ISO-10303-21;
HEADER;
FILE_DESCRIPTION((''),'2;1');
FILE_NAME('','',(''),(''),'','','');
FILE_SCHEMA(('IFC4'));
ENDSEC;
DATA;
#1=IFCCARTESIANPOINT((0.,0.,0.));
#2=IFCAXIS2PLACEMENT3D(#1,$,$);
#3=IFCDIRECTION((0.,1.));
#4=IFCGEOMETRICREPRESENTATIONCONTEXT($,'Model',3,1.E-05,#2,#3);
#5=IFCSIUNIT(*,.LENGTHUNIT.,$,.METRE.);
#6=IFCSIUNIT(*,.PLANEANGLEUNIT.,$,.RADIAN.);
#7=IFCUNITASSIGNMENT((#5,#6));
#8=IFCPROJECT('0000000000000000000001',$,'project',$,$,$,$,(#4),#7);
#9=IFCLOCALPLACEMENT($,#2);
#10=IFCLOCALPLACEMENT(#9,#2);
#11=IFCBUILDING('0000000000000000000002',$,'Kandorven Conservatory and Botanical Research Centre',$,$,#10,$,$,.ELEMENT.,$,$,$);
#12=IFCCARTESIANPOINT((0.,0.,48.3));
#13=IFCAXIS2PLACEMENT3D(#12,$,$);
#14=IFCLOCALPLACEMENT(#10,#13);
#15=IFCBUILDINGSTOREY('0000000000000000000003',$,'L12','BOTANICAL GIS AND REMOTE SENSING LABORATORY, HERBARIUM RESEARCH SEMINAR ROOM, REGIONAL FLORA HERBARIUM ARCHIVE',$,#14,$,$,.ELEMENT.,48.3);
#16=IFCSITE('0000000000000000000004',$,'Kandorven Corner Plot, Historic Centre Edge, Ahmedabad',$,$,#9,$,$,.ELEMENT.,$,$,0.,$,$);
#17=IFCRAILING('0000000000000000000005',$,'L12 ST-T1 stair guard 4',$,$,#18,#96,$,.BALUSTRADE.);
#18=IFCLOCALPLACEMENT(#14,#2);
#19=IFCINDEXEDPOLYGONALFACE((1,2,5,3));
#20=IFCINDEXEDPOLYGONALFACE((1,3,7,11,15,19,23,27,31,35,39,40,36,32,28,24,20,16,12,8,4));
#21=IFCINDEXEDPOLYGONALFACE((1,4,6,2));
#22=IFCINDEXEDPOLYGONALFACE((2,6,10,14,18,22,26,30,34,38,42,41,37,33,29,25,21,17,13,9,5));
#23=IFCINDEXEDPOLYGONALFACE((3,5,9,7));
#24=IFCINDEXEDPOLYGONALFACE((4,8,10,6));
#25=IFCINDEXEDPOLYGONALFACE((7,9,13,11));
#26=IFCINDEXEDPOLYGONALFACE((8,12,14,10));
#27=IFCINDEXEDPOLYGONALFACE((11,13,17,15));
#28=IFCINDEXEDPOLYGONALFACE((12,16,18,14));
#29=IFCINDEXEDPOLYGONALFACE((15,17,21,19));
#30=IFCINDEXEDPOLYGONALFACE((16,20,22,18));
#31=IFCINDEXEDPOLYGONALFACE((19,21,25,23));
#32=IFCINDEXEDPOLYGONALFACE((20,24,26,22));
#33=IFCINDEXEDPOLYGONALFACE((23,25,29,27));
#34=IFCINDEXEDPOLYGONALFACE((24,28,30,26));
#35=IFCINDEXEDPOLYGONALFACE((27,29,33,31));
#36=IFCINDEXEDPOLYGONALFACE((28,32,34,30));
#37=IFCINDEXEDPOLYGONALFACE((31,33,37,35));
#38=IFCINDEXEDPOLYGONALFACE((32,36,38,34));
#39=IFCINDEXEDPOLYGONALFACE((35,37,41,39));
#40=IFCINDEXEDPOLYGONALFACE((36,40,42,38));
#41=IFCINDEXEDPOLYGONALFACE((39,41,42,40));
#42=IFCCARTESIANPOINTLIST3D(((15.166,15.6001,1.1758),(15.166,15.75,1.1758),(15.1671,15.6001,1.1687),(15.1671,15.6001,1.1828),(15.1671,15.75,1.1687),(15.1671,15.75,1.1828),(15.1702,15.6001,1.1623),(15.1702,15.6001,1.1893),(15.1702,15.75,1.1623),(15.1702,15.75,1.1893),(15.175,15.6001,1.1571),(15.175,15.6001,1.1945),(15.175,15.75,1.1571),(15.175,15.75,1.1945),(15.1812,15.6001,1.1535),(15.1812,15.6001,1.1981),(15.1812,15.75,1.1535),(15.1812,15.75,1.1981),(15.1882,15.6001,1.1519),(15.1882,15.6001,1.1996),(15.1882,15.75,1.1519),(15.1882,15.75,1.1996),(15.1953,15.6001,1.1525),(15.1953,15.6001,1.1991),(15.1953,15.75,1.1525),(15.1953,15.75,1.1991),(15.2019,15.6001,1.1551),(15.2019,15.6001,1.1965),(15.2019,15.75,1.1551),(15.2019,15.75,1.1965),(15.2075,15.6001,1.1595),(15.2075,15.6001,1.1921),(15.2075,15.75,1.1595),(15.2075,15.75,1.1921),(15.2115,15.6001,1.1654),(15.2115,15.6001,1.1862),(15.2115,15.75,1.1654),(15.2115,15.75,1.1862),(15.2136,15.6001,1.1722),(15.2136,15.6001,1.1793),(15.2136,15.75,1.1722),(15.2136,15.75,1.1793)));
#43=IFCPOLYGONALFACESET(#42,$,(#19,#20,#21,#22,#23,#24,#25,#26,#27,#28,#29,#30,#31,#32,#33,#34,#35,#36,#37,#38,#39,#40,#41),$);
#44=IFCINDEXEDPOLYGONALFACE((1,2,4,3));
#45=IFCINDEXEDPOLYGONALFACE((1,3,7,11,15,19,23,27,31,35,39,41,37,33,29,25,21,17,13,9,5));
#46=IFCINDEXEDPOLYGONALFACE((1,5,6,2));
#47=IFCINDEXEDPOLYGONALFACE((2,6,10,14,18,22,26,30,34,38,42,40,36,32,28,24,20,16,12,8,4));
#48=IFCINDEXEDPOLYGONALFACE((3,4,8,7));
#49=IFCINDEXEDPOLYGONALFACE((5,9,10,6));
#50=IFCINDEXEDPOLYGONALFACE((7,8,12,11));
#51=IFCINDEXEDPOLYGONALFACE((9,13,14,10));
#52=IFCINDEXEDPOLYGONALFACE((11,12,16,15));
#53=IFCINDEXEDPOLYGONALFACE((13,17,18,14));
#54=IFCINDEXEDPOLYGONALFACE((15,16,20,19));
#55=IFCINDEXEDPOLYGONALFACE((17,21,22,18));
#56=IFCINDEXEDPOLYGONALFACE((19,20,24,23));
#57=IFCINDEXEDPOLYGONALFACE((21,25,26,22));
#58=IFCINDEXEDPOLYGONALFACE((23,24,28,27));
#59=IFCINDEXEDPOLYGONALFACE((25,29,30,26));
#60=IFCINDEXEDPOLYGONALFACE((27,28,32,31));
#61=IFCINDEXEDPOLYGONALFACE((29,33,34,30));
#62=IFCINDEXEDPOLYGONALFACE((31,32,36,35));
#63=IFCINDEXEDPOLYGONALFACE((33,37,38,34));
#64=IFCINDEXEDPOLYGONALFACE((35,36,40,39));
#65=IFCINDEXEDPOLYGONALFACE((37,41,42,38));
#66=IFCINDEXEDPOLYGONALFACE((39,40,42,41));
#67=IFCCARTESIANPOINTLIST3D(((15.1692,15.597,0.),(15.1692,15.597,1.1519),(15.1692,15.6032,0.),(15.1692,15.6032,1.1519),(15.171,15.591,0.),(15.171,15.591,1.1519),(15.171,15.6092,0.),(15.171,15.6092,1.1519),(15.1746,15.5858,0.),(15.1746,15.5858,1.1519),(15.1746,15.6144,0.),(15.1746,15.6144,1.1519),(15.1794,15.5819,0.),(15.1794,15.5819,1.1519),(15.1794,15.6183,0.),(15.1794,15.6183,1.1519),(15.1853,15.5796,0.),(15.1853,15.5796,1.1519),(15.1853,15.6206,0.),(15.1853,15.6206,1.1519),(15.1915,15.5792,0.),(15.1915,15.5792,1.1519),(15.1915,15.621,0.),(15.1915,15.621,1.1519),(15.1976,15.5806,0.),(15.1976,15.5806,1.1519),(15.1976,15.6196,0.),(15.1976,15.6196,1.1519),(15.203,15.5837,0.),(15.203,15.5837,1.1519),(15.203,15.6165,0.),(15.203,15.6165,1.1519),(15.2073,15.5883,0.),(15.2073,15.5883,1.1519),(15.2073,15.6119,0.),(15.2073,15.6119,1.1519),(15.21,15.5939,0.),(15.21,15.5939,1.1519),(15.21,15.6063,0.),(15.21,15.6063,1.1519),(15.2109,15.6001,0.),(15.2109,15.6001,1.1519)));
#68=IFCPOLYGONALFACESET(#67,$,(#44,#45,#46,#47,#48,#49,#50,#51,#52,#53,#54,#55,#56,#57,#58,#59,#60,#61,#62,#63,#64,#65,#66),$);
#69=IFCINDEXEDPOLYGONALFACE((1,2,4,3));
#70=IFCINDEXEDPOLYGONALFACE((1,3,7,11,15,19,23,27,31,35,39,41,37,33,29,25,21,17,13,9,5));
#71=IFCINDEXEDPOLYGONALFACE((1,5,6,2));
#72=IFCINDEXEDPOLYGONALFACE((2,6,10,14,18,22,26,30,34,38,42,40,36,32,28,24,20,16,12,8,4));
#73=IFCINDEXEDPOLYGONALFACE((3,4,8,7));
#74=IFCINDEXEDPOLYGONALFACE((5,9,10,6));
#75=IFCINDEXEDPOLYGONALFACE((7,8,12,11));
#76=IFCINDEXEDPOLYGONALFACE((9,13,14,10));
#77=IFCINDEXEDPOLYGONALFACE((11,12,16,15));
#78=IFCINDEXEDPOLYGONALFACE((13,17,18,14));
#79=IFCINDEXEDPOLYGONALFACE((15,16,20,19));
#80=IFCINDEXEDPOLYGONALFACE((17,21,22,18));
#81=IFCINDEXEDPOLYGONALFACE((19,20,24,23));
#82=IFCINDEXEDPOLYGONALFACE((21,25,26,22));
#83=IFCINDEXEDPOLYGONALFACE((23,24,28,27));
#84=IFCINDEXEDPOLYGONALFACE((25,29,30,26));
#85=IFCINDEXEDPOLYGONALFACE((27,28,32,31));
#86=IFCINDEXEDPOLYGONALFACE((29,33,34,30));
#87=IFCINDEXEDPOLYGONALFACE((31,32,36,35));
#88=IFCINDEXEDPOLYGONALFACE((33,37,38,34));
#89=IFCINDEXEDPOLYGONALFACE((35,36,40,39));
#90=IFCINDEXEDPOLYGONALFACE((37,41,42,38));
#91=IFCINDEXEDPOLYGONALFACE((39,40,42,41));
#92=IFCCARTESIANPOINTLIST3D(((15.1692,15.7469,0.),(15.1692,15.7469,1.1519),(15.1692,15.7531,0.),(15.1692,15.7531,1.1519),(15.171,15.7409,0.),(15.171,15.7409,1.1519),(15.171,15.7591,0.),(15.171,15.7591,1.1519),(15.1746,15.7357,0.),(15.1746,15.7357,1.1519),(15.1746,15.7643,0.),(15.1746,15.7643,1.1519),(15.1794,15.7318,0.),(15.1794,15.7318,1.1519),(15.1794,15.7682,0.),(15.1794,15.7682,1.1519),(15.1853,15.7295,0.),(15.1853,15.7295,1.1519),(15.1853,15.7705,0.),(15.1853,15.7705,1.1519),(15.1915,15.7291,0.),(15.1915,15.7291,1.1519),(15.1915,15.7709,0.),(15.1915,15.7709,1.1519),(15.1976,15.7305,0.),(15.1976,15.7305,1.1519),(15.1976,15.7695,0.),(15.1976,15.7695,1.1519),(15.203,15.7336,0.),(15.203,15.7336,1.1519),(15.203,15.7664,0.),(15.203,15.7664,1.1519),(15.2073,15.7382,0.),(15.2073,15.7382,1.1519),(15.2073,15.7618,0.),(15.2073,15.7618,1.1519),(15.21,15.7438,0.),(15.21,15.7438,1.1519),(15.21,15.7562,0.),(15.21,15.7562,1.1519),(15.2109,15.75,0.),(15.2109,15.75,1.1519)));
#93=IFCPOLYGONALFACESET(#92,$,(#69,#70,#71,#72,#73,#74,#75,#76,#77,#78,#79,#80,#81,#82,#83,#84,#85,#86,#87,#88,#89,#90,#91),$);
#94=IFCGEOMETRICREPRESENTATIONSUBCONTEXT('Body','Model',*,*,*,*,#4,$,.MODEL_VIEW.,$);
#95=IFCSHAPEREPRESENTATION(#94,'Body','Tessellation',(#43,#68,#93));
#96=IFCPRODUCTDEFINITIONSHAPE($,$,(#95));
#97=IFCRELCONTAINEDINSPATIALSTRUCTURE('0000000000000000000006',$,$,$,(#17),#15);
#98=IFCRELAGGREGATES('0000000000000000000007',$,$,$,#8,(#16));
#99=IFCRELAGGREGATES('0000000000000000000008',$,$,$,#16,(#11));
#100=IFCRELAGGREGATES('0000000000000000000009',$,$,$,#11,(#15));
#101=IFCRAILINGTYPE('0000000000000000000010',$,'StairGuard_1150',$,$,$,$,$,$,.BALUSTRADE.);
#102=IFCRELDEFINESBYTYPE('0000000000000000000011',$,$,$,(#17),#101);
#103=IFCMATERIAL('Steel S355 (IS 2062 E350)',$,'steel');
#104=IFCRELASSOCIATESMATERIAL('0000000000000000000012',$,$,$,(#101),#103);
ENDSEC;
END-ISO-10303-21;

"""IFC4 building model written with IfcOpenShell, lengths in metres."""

from ifc_helpers import new_model, si_unit, direction, frame, origin, origin_2d, place, context, subcontext, project, spatial, circle, extrude, material, type_object, element, save


model = new_model("IFC4")

# Units and contexts
model_context = context("Model", 3, precision=1e-05, world=origin(), true_north=direction((0.0, 1.0)))
body_context = subcontext(model_context, "Body", "Model", "MODEL_VIEW")
ifc_project = project(units=[si_unit("LENGTHUNIT", "METRE"), si_unit("PLANEANGLEUNIT", "RADIAN")], contexts=[model_context])

# Site, building, storey
site_placement = place(None, origin())
site = spatial("IfcSite", under=ifc_project, at=site_placement, Name="Kandorven Corner Plot, Historic Centre Edge, Ahmedabad", CompositionType="ELEMENT", RefElevation=0.0)
building_placement = place(site_placement, origin())
building = spatial("IfcBuilding", under=site, at=building_placement, Name="Kandorven Conservatory and Botanical Research Centre", CompositionType="ELEMENT")
storey_placement = place(building_placement, frame((0.0, 0.0, 48.3)))
storey = spatial("IfcBuildingStorey", under=building, at=storey_placement, Name="L12", Description="BOTANICAL GIS AND REMOTE SENSING LABORATORY, HERBARIUM RESEARCH SEMINAR ROOM, REGIONAL FLORA HERBARIUM ARCHIVE", CompositionType="ELEMENT", Elevation=48.3)

# Railing
ifc_material_1 = material(Name="Steel S355 (IS 2062 E350)", Category="steel")
railing_type_1 = type_object("IfcRailingType", Name="StairGuard_1150", PredefinedType="BALUSTRADE", material=ifc_material_1)
railing_1_placement = place(storey_placement, frame((15.1899, 15.6001, 0.0)))
element("IfcRailing", 1, at=railing_1_placement, inside=storey, type_object=railing_type_1, Name="L12 ST-T1 stair guard 4", PredefinedType="BALUSTRADE", context=body_context, shape_type="SweptSolid", body=[
    extrude(circle(Radius=0.0239, at=origin_2d()), frame((0.0, 0.0, 1.1758), z_axis=(0.0, 1.0, 0.0), x_axis=(-1.0, 0.0, 0.0)), (0.0, 0.0, 1.0), 0.1499),
    extrude(circle(Radius=0.021, at=origin_2d()), origin(), (0.0, 0.0, 1.0), 1.1519),
    extrude(circle(Radius=0.021, at=origin_2d()), frame((0.0, 0.1499, 0.0)), (0.0, 0.0, 1.0), 1.1519),
])

save(model, "model.ifc")
